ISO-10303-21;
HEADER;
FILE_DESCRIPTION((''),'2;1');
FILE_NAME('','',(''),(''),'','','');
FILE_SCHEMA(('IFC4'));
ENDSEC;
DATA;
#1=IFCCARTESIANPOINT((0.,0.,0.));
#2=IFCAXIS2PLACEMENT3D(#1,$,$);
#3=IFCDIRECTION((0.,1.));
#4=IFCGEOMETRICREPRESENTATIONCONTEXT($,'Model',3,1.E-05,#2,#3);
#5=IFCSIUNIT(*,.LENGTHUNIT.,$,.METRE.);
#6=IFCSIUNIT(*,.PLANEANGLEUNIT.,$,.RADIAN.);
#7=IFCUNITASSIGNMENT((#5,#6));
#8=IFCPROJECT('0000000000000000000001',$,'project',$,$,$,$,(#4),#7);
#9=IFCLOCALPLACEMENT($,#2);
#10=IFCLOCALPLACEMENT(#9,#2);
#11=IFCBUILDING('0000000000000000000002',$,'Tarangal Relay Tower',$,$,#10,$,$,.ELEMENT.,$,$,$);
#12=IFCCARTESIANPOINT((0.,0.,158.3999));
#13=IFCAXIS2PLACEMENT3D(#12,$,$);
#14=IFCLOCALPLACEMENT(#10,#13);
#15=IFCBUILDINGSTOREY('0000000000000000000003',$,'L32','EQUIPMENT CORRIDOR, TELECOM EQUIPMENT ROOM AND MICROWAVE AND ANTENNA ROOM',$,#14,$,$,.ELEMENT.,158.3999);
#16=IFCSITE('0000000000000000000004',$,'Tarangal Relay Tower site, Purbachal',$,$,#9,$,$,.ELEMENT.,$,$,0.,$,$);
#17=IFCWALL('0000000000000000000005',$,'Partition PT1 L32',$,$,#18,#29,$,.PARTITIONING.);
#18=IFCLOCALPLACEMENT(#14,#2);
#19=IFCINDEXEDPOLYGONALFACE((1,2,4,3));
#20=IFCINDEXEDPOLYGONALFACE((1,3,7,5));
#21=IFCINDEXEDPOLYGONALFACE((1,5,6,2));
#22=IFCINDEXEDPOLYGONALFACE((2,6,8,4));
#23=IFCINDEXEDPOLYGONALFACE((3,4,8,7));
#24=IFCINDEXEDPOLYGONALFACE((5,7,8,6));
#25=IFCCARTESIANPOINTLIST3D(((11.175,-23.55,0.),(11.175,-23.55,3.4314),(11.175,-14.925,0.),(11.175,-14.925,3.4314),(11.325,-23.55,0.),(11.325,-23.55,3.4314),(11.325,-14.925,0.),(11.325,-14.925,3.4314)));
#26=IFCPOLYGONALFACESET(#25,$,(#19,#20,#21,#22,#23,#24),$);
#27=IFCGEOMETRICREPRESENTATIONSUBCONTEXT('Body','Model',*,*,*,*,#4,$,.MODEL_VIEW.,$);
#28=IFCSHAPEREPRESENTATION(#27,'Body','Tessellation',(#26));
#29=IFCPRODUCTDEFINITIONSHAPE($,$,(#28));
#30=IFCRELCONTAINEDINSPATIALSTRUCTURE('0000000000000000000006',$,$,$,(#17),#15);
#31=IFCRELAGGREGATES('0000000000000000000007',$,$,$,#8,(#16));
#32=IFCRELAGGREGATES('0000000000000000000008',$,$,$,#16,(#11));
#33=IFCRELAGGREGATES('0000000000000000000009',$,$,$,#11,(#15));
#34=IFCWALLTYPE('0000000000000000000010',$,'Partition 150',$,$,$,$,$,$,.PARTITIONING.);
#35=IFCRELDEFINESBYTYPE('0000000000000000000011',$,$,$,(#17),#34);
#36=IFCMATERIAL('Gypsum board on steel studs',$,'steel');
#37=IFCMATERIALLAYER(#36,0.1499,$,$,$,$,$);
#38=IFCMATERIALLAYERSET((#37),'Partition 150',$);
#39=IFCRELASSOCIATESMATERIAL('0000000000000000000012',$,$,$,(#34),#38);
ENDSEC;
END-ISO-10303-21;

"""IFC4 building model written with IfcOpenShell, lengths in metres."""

from ifc_helpers import new_model, si_unit, direction, frame, frame_2d, origin, place, context, subcontext, project, spatial, rectangle, extrude, material, layer, layer_set, type_object, element, save


model = new_model("IFC4")

# Units and contexts
model_context = context("Model", 3, precision=1e-05, world=origin(), true_north=direction((0.0, 1.0)))
body_context = subcontext(model_context, "Body", "Model", "MODEL_VIEW")
ifc_project = project(units=[si_unit("LENGTHUNIT", "METRE"), si_unit("PLANEANGLEUNIT", "RADIAN")], contexts=[model_context])

# Site, building, storey
site_placement = place(None, origin())
site = spatial("IfcSite", under=ifc_project, at=site_placement, Name="Tarangal Relay Tower site, Purbachal", CompositionType="ELEMENT", RefElevation=0.0)
building_placement = place(site_placement, origin())
building = spatial("IfcBuilding", under=site, at=building_placement, Name="Tarangal Relay Tower", CompositionType="ELEMENT")
storey_placement = place(building_placement, frame((0.0, 0.0, 158.3999)))
storey = spatial("IfcBuildingStorey", under=building, at=storey_placement, Name="L32", Description="EQUIPMENT CORRIDOR, TELECOM EQUIPMENT ROOM AND MICROWAVE AND ANTENNA ROOM", CompositionType="ELEMENT", Elevation=158.3999)

# Wall
ifc_material_1 = material(Name="Gypsum board on steel studs", Category="steel")
ifc_layer_1 = layer(ifc_material_1, 0.1499)
ifc_layer_set_1 = layer_set([ifc_layer_1], Name="Partition 150")
wall_type_1 = type_object("IfcWallType", Name="Partition 150", PredefinedType="PARTITIONING", material=ifc_layer_set_1)
wall_1_placement = place(storey_placement, frame((11.25, -23.55, 0.0), z_axis=(0.0, 0.0, 1.0), x_axis=(0.0, 1.0, 0.0)))
element("IfcWall", 1, at=wall_1_placement, inside=storey, type_object=wall_type_1, Name="Partition PT1 L32", PredefinedType="PARTITIONING", context=body_context, shape_type="SweptSolid", body=[
    extrude(rectangle(XDim=8.625, YDim=0.1499, at=frame_2d((4.3125, 0.0))), origin(), (0.0, 0.0, 1.0), 3.4314),
])

save(model, "model.ifc")
